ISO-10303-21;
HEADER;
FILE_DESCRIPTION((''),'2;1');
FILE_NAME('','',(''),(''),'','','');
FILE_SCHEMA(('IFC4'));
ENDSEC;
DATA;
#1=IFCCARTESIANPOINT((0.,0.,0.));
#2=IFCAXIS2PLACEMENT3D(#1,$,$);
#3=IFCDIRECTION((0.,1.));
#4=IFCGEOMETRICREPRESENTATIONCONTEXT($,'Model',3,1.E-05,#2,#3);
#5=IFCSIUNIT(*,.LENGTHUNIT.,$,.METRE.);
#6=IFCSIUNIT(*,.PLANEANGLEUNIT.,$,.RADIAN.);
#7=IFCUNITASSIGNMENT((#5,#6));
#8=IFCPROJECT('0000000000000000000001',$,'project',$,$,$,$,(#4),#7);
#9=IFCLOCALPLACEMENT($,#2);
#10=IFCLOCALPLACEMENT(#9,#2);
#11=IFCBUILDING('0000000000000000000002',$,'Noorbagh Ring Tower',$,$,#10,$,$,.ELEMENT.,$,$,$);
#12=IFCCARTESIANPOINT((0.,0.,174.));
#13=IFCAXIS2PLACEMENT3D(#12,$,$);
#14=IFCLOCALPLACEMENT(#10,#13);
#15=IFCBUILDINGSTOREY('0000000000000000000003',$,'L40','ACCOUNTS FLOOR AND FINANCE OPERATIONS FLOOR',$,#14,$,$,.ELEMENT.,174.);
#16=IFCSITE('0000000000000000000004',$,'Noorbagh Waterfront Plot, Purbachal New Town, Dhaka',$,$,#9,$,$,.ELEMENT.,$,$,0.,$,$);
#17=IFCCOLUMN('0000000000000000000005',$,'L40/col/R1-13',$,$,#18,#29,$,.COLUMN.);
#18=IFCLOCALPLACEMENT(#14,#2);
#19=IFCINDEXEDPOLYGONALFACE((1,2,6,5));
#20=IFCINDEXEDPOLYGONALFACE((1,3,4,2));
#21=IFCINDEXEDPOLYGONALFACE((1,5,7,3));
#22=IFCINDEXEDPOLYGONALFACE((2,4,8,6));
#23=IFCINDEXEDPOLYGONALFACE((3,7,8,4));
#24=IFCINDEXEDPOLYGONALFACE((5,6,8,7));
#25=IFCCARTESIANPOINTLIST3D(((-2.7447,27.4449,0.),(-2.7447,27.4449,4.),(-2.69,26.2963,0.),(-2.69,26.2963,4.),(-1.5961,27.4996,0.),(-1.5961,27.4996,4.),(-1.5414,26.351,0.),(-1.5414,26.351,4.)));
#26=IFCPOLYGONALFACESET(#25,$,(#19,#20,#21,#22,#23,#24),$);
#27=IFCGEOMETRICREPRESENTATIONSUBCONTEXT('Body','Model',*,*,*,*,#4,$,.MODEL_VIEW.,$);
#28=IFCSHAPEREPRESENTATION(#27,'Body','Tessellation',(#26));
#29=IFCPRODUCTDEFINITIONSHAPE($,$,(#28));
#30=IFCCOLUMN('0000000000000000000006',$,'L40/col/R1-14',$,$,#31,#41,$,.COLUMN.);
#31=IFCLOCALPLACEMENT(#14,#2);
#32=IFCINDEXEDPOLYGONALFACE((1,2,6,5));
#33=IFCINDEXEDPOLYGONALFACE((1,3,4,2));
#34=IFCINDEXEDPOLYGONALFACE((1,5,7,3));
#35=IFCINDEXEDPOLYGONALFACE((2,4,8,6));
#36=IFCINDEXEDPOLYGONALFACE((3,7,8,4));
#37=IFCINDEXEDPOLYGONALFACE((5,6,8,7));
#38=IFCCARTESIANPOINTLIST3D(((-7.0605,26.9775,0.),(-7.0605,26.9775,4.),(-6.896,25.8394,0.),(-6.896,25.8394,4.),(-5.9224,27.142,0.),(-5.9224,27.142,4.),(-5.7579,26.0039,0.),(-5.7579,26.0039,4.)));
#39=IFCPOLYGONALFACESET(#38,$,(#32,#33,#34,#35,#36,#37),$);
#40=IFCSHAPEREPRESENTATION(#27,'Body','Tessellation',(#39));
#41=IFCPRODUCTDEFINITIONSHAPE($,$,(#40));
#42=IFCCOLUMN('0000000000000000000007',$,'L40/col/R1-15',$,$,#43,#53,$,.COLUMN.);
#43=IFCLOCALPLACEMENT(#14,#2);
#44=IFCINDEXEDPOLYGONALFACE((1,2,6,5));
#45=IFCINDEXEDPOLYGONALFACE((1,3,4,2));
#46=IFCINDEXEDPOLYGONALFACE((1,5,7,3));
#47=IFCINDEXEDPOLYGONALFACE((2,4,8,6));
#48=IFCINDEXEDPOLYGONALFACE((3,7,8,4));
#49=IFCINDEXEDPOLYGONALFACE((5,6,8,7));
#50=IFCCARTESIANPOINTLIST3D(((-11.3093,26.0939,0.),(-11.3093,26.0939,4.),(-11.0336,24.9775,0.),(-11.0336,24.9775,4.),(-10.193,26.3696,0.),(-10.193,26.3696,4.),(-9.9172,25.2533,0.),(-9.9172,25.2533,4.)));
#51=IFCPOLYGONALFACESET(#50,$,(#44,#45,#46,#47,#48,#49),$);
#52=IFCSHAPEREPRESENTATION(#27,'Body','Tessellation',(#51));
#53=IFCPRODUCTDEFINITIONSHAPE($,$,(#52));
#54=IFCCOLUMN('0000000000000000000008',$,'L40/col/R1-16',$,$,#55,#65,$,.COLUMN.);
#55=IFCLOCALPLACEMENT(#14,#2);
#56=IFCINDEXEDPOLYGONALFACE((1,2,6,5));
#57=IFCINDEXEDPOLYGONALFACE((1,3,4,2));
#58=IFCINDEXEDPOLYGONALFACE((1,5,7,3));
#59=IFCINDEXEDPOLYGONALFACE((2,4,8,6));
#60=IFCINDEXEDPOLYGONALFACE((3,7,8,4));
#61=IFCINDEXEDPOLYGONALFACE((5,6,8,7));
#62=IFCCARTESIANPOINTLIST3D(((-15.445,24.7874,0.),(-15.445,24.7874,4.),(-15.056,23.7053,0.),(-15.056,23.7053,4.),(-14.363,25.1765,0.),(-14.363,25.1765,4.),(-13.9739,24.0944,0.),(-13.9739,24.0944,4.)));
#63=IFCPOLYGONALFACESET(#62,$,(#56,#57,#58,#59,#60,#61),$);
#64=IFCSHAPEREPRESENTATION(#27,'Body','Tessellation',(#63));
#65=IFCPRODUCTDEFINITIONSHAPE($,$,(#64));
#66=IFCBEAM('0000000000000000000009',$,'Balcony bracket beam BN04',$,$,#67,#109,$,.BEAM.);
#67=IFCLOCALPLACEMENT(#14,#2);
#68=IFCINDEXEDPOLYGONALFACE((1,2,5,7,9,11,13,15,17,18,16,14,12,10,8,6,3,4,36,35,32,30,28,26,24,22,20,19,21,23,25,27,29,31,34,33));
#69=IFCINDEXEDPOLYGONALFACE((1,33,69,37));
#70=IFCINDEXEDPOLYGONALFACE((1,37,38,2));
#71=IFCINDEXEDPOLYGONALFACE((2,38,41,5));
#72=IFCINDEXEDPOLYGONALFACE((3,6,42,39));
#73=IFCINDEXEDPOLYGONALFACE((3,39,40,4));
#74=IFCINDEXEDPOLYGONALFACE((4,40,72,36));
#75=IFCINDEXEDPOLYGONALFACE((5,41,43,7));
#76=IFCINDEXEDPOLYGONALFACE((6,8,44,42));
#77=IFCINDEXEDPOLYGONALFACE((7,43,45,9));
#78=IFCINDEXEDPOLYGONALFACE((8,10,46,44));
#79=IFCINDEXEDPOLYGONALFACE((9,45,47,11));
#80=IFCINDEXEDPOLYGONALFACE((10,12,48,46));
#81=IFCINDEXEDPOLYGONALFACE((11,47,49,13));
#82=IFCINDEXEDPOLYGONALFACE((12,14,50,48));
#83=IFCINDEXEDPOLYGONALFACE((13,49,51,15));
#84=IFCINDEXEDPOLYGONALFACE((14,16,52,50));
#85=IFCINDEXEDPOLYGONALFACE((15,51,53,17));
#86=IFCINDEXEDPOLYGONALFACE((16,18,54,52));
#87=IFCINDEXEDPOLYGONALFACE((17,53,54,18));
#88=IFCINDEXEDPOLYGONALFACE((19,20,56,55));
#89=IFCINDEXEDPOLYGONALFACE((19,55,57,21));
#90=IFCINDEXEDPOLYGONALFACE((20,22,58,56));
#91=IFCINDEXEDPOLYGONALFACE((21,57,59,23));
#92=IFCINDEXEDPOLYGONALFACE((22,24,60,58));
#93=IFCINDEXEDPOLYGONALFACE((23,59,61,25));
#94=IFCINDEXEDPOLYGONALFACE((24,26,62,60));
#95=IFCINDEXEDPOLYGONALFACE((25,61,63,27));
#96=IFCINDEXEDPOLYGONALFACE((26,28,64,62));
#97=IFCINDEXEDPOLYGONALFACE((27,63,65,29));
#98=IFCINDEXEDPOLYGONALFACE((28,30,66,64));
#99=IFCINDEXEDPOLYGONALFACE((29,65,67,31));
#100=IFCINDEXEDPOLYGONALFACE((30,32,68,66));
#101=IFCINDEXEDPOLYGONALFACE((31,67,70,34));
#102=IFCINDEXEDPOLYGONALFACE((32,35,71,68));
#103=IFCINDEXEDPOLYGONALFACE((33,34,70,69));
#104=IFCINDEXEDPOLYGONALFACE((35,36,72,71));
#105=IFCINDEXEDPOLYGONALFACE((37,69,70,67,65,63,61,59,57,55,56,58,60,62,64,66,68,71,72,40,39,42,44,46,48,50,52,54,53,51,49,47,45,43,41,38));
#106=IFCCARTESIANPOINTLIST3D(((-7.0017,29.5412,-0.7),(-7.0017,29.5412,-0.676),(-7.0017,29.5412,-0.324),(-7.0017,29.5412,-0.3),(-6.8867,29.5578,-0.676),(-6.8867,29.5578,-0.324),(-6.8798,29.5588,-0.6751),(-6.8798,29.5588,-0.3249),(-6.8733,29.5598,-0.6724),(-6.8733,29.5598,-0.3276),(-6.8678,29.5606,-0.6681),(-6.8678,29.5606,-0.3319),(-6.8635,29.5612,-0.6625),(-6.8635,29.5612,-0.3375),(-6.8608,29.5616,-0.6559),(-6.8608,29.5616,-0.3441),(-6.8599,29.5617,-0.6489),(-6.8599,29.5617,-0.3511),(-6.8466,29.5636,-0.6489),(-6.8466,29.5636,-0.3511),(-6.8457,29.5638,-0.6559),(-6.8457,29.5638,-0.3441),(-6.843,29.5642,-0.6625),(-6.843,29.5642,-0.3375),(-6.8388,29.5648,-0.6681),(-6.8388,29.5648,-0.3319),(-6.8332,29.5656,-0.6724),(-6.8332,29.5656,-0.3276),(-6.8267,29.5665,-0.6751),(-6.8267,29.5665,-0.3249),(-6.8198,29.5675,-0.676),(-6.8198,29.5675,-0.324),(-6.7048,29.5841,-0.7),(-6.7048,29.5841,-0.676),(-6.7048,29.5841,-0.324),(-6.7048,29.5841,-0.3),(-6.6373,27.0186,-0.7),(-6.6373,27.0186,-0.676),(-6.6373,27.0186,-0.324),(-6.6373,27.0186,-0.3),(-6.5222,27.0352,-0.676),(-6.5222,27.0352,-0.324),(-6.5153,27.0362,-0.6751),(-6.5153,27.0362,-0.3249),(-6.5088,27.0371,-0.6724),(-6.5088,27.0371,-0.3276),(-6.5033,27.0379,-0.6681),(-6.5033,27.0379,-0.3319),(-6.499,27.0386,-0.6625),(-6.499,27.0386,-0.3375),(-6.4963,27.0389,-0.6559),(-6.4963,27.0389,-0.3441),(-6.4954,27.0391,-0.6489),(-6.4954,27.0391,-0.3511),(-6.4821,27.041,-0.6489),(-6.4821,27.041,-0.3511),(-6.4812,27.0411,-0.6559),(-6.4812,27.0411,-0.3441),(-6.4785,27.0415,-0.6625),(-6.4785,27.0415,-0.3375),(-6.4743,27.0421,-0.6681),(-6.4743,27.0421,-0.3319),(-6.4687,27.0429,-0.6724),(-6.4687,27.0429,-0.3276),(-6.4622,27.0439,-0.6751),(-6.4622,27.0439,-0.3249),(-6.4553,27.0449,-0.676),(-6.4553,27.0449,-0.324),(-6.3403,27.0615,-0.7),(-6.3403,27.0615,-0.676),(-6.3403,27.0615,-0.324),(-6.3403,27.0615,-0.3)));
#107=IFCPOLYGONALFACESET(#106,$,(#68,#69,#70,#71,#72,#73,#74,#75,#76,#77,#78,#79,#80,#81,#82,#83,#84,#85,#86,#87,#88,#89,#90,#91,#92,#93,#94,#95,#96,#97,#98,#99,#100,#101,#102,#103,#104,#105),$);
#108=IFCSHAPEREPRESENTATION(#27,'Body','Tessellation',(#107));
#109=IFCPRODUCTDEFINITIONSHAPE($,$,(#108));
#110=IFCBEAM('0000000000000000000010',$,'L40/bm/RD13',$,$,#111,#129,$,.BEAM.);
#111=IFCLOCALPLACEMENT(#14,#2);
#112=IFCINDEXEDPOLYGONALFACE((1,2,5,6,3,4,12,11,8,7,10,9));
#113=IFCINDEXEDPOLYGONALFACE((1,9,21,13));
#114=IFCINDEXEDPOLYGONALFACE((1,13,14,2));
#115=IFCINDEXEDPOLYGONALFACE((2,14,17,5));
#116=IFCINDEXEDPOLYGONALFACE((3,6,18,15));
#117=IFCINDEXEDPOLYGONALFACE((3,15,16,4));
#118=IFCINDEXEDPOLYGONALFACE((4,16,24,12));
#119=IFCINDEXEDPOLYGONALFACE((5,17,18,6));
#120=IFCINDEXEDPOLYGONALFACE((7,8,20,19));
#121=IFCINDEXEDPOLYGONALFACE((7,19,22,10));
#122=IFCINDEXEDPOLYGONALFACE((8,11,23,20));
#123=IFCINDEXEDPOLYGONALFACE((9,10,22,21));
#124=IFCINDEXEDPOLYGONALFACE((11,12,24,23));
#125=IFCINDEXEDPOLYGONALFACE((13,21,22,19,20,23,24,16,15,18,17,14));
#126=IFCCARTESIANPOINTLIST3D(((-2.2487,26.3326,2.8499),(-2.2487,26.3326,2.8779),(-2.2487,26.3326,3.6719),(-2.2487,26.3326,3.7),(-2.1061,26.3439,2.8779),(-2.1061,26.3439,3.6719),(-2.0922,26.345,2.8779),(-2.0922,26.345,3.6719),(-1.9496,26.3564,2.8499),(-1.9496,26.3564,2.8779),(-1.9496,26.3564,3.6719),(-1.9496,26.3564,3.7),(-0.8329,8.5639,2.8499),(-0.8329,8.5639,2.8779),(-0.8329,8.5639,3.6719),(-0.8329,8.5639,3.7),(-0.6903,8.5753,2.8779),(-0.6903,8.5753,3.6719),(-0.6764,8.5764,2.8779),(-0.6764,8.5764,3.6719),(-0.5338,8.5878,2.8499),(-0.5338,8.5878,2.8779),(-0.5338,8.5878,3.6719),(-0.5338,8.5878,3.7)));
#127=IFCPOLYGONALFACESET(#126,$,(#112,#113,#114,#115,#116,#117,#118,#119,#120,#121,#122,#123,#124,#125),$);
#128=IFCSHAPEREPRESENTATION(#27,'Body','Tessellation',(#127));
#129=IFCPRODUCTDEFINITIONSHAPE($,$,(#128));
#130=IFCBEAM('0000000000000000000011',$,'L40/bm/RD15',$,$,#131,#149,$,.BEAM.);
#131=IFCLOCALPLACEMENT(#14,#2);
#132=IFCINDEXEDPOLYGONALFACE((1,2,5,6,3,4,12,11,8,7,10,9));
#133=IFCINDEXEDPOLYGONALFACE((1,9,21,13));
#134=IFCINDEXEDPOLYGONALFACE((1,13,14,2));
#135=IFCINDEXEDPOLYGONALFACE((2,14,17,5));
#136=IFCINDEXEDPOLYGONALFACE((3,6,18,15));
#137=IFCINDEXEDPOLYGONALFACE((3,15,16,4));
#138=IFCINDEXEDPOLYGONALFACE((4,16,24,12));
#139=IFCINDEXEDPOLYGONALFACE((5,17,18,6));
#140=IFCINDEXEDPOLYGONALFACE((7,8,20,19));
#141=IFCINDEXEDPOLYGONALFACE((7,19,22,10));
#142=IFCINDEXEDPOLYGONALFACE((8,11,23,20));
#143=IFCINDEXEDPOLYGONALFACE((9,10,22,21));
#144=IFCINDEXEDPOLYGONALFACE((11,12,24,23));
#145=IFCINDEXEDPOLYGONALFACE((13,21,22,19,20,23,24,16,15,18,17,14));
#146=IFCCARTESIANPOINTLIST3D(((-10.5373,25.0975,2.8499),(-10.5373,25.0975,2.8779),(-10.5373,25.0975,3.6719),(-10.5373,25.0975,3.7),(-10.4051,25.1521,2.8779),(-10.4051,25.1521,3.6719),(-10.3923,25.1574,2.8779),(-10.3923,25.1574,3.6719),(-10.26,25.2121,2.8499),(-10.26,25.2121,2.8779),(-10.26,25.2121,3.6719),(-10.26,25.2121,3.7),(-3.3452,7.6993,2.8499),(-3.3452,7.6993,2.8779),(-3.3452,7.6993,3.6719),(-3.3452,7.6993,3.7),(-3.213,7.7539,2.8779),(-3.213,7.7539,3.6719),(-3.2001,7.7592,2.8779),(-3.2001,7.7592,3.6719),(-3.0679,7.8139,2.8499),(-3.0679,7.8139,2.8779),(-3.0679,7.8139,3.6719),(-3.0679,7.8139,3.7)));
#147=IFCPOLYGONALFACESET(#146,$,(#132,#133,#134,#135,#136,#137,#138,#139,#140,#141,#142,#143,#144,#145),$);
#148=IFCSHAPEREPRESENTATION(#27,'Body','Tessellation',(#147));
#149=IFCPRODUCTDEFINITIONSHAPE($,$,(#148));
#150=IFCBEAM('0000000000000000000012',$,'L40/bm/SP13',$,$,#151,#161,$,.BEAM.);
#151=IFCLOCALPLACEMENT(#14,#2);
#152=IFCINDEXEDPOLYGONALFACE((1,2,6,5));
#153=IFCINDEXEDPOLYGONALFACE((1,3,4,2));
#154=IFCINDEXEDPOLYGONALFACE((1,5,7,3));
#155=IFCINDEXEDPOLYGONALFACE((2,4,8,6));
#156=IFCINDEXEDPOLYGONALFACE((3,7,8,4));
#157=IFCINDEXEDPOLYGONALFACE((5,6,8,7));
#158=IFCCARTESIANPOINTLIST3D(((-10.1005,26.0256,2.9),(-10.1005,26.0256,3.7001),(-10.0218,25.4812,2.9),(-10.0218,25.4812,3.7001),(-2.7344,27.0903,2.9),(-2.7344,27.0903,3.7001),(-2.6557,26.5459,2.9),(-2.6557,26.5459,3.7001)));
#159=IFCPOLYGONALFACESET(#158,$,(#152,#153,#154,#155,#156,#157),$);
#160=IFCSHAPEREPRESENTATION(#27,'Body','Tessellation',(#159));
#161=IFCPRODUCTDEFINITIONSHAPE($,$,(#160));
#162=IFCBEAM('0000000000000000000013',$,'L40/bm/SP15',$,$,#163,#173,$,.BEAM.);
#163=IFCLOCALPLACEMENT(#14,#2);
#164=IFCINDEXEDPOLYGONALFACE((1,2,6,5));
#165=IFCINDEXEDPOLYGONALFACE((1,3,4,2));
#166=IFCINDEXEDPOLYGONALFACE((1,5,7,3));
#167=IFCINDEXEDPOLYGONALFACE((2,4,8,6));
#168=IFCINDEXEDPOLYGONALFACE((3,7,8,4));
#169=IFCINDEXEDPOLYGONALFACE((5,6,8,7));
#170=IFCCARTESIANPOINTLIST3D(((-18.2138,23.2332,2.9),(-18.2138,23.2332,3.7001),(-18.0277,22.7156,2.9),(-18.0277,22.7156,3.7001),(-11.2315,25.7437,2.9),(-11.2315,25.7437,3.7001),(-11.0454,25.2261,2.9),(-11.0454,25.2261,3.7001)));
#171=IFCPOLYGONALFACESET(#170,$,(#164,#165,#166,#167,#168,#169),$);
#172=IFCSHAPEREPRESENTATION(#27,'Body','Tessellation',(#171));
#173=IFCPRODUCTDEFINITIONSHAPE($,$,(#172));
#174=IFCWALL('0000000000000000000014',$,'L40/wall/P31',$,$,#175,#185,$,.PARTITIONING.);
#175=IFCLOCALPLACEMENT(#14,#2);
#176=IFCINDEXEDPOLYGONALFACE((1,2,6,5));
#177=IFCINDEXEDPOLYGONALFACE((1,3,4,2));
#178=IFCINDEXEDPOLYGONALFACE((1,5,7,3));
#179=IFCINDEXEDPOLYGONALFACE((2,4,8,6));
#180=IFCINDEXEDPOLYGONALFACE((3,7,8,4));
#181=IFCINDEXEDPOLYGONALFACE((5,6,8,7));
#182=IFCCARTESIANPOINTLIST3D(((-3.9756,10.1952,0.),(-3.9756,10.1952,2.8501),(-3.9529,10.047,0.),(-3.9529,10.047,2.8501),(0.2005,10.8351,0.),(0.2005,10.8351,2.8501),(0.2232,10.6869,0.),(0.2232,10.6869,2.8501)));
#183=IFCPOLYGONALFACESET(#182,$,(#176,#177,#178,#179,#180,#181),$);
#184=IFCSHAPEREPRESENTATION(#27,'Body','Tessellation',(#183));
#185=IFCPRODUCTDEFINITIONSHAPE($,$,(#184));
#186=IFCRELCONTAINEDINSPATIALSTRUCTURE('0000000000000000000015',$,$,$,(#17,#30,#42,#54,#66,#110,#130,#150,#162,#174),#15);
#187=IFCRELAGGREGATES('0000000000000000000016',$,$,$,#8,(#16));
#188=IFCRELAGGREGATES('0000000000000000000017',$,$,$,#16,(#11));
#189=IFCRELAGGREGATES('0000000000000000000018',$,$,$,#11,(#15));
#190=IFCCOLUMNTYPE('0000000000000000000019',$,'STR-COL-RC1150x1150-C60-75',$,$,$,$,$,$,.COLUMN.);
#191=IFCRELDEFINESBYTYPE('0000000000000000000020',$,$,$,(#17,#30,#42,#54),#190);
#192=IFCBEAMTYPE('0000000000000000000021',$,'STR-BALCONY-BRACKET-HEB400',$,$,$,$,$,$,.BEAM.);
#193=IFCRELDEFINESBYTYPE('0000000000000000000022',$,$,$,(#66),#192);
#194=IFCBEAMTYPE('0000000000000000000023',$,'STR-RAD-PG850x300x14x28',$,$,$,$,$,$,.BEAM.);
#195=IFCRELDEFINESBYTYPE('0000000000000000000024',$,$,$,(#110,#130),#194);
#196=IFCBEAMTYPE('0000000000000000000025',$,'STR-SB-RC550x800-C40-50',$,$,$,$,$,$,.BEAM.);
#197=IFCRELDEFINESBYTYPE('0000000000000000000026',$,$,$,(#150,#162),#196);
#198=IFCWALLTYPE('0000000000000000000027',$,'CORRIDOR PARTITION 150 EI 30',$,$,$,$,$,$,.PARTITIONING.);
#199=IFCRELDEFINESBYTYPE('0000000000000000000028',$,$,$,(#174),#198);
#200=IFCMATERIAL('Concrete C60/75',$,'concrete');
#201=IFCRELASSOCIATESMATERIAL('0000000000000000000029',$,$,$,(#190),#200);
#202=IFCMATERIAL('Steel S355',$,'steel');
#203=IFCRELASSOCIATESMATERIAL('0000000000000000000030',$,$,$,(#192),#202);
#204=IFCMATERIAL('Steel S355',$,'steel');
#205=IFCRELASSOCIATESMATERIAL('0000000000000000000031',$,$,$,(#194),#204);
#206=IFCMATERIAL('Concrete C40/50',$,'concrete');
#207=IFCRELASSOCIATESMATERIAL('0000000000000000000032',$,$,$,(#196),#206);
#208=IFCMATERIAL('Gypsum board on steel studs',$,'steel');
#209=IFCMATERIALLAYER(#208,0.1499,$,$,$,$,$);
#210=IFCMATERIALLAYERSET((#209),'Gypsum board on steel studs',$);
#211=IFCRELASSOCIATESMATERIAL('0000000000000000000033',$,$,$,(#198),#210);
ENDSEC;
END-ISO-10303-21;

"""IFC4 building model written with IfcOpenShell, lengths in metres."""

from ifc_helpers import new_model, si_unit, direction, frame, frame_2d, origin, origin_2d, place, context, subcontext, project, spatial, rectangle, i_section, extrude, material, layer, layer_set, material_profile, profile_set, type_object, element, save


model = new_model("IFC4")

# Units and contexts
model_context = context("Model", 3, precision=1e-05, world=origin(), true_north=direction((0.0, 1.0)))
body_context = subcontext(model_context, "Body", "Model", "MODEL_VIEW")
ifc_project = project(units=[si_unit("LENGTHUNIT", "METRE"), si_unit("PLANEANGLEUNIT", "RADIAN")], contexts=[model_context])

# Site, building, storey
site_placement = place(None, origin())
site = spatial("IfcSite", under=ifc_project, at=site_placement, Name="Noorbagh Waterfront Plot, Purbachal New Town, Dhaka", CompositionType="ELEMENT", RefElevation=0.0)
building_placement = place(site_placement, origin())
building = spatial("IfcBuilding", under=site, at=building_placement, Name="Noorbagh Ring Tower", CompositionType="ELEMENT")
storey_placement = place(building_placement, frame((0.0, 0.0, 174.0)))
storey = spatial("IfcBuildingStorey", under=building, at=storey_placement, Name="L40", Description="ACCOUNTS FLOOR AND FINANCE OPERATIONS FLOOR", CompositionType="ELEMENT", Elevation=174.0)

# Columns
ifc_material_1 = material(Name="Concrete C60/75", Category="concrete")
ifc_material_profile_1 = material_profile(ifc_material_1, rectangle(XDim=1.1499, YDim=1.1499, at=origin_2d()), Name="RC1150x1150")
ifc_profile_set_1 = profile_set([ifc_material_profile_1], Name="Concrete C60/75")
column_type = type_object("IfcColumnType", Name="STR-COL-RC1150x1150-C60-75", PredefinedType="COLUMN", material=ifc_profile_set_1)
for number, where, z_axis, x_axis, name in (
    (1, (-2.1431, 26.8979, 0.0), (0.0, 0.0, 1.0), (-0.998869, -0.047553, 0.0), "L40/col/R1-13"),
    (2, (-6.4092, 26.4907, 0.0), (0.0, 0.0, 1.0), (-0.989713, -0.143066, 0.0), "L40/col/R1-14"),
    (3, (-10.6133, 25.6736, 0.0), (0.0, 0.0, 1.0), (-0.970829, -0.239771, 0.0), "L40/col/R1-15"),
    (4, (-14.7095, 24.4409, 0.0), (0.0, 0.0, 1.0), (-0.941025, -0.338338, 0.0), "L40/col/R1-16"),
):
    element("IfcColumn", number, at=place(storey_placement, frame(where, z_axis=z_axis, x_axis=x_axis)), inside=storey, type_object=column_type, Name=name, PredefinedType="COLUMN", context=body_context, shape_type="SweptSolid", body=[
        extrude(rectangle(XDim=1.1499, YDim=1.1499, at=origin_2d()), origin(), (0.0, 0.0, 1.0), 4.0),
    ])

# Beams
ifc_material_2 = material(Name="Steel S355", Category="steel")
ifc_material_profile_2 = material_profile(ifc_material_2, i_section(OverallWidth=0.3, OverallDepth=0.3999, WebThickness=0.0134, FlangeThickness=0.0239, FilletRadius=0.0271, at=origin_2d()), Name="HEB400")
ifc_profile_set_2 = profile_set([ifc_material_profile_2], Name="Steel S355")
beam_type_1 = type_object("IfcBeamType", Name="STR-BALCONY-BRACKET-HEB400", PredefinedType="BEAM", material=ifc_profile_set_2)
beam_1_placement = place(storey_placement, frame((-6.4888, 27.04, -0.5), z_axis=(-0.143004, 0.989722, 0.0), x_axis=(-0.989722, -0.143004, 0.0)))
element("IfcBeam", 5, at=beam_1_placement, inside=storey, type_object=beam_type_1, Name="Balcony bracket beam BN04", PredefinedType="BEAM", context=body_context, shape_type="SweptSolid", body=[
    extrude(i_section(OverallWidth=0.3, OverallDepth=0.3999, WebThickness=0.0134, FlangeThickness=0.0239, FilletRadius=0.0271, at=origin_2d()), origin(), (0.0, 0.0, 1.0), 2.5488),
])
ifc_material_3 = material(Name="Steel S355", Category="steel")
ifc_material_profile_3 = material_profile(ifc_material_3, i_section(OverallWidth=0.3, OverallDepth=0.8501, WebThickness=0.0139, FlangeThickness=0.0281, at=origin_2d()), Name="PG850x300x14x28")
ifc_profile_set_3 = profile_set([ifc_material_profile_3], Name="Steel S355")
beam_type_2 = type_object("IfcBeamType", Name="STR-RAD-PG850x300x14x28", PredefinedType="BEAM", material=ifc_profile_set_3)
beam_2_placement = place(storey_placement, frame((-2.0991, 26.3445, 3.2749), z_axis=(0.079427, -0.996841, 0.0), x_axis=(0.996841, 0.079427, 0.0)))
element("IfcBeam", 6, at=beam_2_placement, inside=storey, type_object=beam_type_2, Name="L40/bm/RD13", PredefinedType="BEAM", context=body_context, shape_type="SweptSolid", body=[
    extrude(i_section(OverallWidth=0.3, OverallDepth=0.8501, WebThickness=0.0139, FlangeThickness=0.0281, at=origin_2d()), origin(), (0.0, 0.0, 1.0), 17.825),
])
beam_3_placement = place(storey_placement, frame((-10.3987, 25.1548, 3.2749), z_axis=(0.382029, -0.92415, 0.0), x_axis=(0.92415, 0.382029, 0.0)))
element("IfcBeam", 7, at=beam_3_placement, inside=storey, type_object=beam_type_2, Name="L40/bm/RD15", PredefinedType="BEAM", context=body_context, shape_type="SweptSolid", body=[
    extrude(i_section(OverallWidth=0.3, OverallDepth=0.8501, WebThickness=0.0139, FlangeThickness=0.0281, at=origin_2d()), origin(), (0.0, 0.0, 1.0), 18.8262),
])
ifc_material_4 = material(Name="Concrete C40/50", Category="concrete")
ifc_material_profile_4 = material_profile(ifc_material_4, rectangle(XDim=0.55, YDim=0.8, at=origin_2d()), Name="RC550x800")
ifc_profile_set_4 = profile_set([ifc_material_profile_4], Name="Concrete C40/50")
beam_type_3 = type_object("IfcBeamType", Name="STR-SB-RC550x800-C40-50", PredefinedType="BEAM", material=ifc_profile_set_4)
beam_4_placement = place(storey_placement, frame((-2.6951, 26.8181, 3.3), z_axis=(-0.989715, -0.143056, 0.0), x_axis=(0.143056, -0.989715, 0.0)))
element("IfcBeam", 8, at=beam_4_placement, inside=storey, type_object=beam_type_3, Name="L40/bm/SP13", PredefinedType="BEAM", context=body_context, shape_type="SweptSolid", body=[
    extrude(rectangle(XDim=0.55, YDim=0.8, at=origin_2d()), origin(), (0.0, 0.0, 1.0), 7.4426),
])
beam_5_placement = place(storey_placement, frame((-11.1384, 25.4849, 3.3), z_axis=(-0.941024, -0.338341, 0.0), x_axis=(0.338341, -0.941024, 0.0)))
element("IfcBeam", 9, at=beam_5_placement, inside=storey, type_object=beam_type_3, Name="L40/bm/SP15", PredefinedType="BEAM", context=body_context, shape_type="SweptSolid", body=[
    extrude(rectangle(XDim=0.55, YDim=0.8, at=origin_2d()), origin(), (0.0, 0.0, 1.0), 7.4199),
])

# Wall
ifc_material_5 = material(Name="Gypsum board on steel studs", Category="steel")
ifc_layer_1 = layer(ifc_material_5, 0.1499)
ifc_layer_set_1 = layer_set([ifc_layer_1], Name="Gypsum board on steel studs")
wall_type_1 = type_object("IfcWallType", Name="CORRIDOR PARTITION 150 EI 30", PredefinedType="PARTITIONING", material=ifc_layer_set_1)
wall_1_placement = place(storey_placement, frame((-3.9641, 10.1211, 0.0), z_axis=(0.0, 0.0, 1.0), x_axis=(0.988463, 0.151462, 0.0)))
element("IfcWall", 10, at=wall_1_placement, inside=storey, type_object=wall_type_1, Name="L40/wall/P31", PredefinedType="PARTITIONING", context=body_context, shape_type="SweptSolid", body=[
    extrude(rectangle(XDim=4.2249, YDim=0.1499, at=frame_2d((2.1123, 0.0))), origin(), (0.0, 0.0, 1.0), 2.8501),
])

save(model, "model.ifc")
